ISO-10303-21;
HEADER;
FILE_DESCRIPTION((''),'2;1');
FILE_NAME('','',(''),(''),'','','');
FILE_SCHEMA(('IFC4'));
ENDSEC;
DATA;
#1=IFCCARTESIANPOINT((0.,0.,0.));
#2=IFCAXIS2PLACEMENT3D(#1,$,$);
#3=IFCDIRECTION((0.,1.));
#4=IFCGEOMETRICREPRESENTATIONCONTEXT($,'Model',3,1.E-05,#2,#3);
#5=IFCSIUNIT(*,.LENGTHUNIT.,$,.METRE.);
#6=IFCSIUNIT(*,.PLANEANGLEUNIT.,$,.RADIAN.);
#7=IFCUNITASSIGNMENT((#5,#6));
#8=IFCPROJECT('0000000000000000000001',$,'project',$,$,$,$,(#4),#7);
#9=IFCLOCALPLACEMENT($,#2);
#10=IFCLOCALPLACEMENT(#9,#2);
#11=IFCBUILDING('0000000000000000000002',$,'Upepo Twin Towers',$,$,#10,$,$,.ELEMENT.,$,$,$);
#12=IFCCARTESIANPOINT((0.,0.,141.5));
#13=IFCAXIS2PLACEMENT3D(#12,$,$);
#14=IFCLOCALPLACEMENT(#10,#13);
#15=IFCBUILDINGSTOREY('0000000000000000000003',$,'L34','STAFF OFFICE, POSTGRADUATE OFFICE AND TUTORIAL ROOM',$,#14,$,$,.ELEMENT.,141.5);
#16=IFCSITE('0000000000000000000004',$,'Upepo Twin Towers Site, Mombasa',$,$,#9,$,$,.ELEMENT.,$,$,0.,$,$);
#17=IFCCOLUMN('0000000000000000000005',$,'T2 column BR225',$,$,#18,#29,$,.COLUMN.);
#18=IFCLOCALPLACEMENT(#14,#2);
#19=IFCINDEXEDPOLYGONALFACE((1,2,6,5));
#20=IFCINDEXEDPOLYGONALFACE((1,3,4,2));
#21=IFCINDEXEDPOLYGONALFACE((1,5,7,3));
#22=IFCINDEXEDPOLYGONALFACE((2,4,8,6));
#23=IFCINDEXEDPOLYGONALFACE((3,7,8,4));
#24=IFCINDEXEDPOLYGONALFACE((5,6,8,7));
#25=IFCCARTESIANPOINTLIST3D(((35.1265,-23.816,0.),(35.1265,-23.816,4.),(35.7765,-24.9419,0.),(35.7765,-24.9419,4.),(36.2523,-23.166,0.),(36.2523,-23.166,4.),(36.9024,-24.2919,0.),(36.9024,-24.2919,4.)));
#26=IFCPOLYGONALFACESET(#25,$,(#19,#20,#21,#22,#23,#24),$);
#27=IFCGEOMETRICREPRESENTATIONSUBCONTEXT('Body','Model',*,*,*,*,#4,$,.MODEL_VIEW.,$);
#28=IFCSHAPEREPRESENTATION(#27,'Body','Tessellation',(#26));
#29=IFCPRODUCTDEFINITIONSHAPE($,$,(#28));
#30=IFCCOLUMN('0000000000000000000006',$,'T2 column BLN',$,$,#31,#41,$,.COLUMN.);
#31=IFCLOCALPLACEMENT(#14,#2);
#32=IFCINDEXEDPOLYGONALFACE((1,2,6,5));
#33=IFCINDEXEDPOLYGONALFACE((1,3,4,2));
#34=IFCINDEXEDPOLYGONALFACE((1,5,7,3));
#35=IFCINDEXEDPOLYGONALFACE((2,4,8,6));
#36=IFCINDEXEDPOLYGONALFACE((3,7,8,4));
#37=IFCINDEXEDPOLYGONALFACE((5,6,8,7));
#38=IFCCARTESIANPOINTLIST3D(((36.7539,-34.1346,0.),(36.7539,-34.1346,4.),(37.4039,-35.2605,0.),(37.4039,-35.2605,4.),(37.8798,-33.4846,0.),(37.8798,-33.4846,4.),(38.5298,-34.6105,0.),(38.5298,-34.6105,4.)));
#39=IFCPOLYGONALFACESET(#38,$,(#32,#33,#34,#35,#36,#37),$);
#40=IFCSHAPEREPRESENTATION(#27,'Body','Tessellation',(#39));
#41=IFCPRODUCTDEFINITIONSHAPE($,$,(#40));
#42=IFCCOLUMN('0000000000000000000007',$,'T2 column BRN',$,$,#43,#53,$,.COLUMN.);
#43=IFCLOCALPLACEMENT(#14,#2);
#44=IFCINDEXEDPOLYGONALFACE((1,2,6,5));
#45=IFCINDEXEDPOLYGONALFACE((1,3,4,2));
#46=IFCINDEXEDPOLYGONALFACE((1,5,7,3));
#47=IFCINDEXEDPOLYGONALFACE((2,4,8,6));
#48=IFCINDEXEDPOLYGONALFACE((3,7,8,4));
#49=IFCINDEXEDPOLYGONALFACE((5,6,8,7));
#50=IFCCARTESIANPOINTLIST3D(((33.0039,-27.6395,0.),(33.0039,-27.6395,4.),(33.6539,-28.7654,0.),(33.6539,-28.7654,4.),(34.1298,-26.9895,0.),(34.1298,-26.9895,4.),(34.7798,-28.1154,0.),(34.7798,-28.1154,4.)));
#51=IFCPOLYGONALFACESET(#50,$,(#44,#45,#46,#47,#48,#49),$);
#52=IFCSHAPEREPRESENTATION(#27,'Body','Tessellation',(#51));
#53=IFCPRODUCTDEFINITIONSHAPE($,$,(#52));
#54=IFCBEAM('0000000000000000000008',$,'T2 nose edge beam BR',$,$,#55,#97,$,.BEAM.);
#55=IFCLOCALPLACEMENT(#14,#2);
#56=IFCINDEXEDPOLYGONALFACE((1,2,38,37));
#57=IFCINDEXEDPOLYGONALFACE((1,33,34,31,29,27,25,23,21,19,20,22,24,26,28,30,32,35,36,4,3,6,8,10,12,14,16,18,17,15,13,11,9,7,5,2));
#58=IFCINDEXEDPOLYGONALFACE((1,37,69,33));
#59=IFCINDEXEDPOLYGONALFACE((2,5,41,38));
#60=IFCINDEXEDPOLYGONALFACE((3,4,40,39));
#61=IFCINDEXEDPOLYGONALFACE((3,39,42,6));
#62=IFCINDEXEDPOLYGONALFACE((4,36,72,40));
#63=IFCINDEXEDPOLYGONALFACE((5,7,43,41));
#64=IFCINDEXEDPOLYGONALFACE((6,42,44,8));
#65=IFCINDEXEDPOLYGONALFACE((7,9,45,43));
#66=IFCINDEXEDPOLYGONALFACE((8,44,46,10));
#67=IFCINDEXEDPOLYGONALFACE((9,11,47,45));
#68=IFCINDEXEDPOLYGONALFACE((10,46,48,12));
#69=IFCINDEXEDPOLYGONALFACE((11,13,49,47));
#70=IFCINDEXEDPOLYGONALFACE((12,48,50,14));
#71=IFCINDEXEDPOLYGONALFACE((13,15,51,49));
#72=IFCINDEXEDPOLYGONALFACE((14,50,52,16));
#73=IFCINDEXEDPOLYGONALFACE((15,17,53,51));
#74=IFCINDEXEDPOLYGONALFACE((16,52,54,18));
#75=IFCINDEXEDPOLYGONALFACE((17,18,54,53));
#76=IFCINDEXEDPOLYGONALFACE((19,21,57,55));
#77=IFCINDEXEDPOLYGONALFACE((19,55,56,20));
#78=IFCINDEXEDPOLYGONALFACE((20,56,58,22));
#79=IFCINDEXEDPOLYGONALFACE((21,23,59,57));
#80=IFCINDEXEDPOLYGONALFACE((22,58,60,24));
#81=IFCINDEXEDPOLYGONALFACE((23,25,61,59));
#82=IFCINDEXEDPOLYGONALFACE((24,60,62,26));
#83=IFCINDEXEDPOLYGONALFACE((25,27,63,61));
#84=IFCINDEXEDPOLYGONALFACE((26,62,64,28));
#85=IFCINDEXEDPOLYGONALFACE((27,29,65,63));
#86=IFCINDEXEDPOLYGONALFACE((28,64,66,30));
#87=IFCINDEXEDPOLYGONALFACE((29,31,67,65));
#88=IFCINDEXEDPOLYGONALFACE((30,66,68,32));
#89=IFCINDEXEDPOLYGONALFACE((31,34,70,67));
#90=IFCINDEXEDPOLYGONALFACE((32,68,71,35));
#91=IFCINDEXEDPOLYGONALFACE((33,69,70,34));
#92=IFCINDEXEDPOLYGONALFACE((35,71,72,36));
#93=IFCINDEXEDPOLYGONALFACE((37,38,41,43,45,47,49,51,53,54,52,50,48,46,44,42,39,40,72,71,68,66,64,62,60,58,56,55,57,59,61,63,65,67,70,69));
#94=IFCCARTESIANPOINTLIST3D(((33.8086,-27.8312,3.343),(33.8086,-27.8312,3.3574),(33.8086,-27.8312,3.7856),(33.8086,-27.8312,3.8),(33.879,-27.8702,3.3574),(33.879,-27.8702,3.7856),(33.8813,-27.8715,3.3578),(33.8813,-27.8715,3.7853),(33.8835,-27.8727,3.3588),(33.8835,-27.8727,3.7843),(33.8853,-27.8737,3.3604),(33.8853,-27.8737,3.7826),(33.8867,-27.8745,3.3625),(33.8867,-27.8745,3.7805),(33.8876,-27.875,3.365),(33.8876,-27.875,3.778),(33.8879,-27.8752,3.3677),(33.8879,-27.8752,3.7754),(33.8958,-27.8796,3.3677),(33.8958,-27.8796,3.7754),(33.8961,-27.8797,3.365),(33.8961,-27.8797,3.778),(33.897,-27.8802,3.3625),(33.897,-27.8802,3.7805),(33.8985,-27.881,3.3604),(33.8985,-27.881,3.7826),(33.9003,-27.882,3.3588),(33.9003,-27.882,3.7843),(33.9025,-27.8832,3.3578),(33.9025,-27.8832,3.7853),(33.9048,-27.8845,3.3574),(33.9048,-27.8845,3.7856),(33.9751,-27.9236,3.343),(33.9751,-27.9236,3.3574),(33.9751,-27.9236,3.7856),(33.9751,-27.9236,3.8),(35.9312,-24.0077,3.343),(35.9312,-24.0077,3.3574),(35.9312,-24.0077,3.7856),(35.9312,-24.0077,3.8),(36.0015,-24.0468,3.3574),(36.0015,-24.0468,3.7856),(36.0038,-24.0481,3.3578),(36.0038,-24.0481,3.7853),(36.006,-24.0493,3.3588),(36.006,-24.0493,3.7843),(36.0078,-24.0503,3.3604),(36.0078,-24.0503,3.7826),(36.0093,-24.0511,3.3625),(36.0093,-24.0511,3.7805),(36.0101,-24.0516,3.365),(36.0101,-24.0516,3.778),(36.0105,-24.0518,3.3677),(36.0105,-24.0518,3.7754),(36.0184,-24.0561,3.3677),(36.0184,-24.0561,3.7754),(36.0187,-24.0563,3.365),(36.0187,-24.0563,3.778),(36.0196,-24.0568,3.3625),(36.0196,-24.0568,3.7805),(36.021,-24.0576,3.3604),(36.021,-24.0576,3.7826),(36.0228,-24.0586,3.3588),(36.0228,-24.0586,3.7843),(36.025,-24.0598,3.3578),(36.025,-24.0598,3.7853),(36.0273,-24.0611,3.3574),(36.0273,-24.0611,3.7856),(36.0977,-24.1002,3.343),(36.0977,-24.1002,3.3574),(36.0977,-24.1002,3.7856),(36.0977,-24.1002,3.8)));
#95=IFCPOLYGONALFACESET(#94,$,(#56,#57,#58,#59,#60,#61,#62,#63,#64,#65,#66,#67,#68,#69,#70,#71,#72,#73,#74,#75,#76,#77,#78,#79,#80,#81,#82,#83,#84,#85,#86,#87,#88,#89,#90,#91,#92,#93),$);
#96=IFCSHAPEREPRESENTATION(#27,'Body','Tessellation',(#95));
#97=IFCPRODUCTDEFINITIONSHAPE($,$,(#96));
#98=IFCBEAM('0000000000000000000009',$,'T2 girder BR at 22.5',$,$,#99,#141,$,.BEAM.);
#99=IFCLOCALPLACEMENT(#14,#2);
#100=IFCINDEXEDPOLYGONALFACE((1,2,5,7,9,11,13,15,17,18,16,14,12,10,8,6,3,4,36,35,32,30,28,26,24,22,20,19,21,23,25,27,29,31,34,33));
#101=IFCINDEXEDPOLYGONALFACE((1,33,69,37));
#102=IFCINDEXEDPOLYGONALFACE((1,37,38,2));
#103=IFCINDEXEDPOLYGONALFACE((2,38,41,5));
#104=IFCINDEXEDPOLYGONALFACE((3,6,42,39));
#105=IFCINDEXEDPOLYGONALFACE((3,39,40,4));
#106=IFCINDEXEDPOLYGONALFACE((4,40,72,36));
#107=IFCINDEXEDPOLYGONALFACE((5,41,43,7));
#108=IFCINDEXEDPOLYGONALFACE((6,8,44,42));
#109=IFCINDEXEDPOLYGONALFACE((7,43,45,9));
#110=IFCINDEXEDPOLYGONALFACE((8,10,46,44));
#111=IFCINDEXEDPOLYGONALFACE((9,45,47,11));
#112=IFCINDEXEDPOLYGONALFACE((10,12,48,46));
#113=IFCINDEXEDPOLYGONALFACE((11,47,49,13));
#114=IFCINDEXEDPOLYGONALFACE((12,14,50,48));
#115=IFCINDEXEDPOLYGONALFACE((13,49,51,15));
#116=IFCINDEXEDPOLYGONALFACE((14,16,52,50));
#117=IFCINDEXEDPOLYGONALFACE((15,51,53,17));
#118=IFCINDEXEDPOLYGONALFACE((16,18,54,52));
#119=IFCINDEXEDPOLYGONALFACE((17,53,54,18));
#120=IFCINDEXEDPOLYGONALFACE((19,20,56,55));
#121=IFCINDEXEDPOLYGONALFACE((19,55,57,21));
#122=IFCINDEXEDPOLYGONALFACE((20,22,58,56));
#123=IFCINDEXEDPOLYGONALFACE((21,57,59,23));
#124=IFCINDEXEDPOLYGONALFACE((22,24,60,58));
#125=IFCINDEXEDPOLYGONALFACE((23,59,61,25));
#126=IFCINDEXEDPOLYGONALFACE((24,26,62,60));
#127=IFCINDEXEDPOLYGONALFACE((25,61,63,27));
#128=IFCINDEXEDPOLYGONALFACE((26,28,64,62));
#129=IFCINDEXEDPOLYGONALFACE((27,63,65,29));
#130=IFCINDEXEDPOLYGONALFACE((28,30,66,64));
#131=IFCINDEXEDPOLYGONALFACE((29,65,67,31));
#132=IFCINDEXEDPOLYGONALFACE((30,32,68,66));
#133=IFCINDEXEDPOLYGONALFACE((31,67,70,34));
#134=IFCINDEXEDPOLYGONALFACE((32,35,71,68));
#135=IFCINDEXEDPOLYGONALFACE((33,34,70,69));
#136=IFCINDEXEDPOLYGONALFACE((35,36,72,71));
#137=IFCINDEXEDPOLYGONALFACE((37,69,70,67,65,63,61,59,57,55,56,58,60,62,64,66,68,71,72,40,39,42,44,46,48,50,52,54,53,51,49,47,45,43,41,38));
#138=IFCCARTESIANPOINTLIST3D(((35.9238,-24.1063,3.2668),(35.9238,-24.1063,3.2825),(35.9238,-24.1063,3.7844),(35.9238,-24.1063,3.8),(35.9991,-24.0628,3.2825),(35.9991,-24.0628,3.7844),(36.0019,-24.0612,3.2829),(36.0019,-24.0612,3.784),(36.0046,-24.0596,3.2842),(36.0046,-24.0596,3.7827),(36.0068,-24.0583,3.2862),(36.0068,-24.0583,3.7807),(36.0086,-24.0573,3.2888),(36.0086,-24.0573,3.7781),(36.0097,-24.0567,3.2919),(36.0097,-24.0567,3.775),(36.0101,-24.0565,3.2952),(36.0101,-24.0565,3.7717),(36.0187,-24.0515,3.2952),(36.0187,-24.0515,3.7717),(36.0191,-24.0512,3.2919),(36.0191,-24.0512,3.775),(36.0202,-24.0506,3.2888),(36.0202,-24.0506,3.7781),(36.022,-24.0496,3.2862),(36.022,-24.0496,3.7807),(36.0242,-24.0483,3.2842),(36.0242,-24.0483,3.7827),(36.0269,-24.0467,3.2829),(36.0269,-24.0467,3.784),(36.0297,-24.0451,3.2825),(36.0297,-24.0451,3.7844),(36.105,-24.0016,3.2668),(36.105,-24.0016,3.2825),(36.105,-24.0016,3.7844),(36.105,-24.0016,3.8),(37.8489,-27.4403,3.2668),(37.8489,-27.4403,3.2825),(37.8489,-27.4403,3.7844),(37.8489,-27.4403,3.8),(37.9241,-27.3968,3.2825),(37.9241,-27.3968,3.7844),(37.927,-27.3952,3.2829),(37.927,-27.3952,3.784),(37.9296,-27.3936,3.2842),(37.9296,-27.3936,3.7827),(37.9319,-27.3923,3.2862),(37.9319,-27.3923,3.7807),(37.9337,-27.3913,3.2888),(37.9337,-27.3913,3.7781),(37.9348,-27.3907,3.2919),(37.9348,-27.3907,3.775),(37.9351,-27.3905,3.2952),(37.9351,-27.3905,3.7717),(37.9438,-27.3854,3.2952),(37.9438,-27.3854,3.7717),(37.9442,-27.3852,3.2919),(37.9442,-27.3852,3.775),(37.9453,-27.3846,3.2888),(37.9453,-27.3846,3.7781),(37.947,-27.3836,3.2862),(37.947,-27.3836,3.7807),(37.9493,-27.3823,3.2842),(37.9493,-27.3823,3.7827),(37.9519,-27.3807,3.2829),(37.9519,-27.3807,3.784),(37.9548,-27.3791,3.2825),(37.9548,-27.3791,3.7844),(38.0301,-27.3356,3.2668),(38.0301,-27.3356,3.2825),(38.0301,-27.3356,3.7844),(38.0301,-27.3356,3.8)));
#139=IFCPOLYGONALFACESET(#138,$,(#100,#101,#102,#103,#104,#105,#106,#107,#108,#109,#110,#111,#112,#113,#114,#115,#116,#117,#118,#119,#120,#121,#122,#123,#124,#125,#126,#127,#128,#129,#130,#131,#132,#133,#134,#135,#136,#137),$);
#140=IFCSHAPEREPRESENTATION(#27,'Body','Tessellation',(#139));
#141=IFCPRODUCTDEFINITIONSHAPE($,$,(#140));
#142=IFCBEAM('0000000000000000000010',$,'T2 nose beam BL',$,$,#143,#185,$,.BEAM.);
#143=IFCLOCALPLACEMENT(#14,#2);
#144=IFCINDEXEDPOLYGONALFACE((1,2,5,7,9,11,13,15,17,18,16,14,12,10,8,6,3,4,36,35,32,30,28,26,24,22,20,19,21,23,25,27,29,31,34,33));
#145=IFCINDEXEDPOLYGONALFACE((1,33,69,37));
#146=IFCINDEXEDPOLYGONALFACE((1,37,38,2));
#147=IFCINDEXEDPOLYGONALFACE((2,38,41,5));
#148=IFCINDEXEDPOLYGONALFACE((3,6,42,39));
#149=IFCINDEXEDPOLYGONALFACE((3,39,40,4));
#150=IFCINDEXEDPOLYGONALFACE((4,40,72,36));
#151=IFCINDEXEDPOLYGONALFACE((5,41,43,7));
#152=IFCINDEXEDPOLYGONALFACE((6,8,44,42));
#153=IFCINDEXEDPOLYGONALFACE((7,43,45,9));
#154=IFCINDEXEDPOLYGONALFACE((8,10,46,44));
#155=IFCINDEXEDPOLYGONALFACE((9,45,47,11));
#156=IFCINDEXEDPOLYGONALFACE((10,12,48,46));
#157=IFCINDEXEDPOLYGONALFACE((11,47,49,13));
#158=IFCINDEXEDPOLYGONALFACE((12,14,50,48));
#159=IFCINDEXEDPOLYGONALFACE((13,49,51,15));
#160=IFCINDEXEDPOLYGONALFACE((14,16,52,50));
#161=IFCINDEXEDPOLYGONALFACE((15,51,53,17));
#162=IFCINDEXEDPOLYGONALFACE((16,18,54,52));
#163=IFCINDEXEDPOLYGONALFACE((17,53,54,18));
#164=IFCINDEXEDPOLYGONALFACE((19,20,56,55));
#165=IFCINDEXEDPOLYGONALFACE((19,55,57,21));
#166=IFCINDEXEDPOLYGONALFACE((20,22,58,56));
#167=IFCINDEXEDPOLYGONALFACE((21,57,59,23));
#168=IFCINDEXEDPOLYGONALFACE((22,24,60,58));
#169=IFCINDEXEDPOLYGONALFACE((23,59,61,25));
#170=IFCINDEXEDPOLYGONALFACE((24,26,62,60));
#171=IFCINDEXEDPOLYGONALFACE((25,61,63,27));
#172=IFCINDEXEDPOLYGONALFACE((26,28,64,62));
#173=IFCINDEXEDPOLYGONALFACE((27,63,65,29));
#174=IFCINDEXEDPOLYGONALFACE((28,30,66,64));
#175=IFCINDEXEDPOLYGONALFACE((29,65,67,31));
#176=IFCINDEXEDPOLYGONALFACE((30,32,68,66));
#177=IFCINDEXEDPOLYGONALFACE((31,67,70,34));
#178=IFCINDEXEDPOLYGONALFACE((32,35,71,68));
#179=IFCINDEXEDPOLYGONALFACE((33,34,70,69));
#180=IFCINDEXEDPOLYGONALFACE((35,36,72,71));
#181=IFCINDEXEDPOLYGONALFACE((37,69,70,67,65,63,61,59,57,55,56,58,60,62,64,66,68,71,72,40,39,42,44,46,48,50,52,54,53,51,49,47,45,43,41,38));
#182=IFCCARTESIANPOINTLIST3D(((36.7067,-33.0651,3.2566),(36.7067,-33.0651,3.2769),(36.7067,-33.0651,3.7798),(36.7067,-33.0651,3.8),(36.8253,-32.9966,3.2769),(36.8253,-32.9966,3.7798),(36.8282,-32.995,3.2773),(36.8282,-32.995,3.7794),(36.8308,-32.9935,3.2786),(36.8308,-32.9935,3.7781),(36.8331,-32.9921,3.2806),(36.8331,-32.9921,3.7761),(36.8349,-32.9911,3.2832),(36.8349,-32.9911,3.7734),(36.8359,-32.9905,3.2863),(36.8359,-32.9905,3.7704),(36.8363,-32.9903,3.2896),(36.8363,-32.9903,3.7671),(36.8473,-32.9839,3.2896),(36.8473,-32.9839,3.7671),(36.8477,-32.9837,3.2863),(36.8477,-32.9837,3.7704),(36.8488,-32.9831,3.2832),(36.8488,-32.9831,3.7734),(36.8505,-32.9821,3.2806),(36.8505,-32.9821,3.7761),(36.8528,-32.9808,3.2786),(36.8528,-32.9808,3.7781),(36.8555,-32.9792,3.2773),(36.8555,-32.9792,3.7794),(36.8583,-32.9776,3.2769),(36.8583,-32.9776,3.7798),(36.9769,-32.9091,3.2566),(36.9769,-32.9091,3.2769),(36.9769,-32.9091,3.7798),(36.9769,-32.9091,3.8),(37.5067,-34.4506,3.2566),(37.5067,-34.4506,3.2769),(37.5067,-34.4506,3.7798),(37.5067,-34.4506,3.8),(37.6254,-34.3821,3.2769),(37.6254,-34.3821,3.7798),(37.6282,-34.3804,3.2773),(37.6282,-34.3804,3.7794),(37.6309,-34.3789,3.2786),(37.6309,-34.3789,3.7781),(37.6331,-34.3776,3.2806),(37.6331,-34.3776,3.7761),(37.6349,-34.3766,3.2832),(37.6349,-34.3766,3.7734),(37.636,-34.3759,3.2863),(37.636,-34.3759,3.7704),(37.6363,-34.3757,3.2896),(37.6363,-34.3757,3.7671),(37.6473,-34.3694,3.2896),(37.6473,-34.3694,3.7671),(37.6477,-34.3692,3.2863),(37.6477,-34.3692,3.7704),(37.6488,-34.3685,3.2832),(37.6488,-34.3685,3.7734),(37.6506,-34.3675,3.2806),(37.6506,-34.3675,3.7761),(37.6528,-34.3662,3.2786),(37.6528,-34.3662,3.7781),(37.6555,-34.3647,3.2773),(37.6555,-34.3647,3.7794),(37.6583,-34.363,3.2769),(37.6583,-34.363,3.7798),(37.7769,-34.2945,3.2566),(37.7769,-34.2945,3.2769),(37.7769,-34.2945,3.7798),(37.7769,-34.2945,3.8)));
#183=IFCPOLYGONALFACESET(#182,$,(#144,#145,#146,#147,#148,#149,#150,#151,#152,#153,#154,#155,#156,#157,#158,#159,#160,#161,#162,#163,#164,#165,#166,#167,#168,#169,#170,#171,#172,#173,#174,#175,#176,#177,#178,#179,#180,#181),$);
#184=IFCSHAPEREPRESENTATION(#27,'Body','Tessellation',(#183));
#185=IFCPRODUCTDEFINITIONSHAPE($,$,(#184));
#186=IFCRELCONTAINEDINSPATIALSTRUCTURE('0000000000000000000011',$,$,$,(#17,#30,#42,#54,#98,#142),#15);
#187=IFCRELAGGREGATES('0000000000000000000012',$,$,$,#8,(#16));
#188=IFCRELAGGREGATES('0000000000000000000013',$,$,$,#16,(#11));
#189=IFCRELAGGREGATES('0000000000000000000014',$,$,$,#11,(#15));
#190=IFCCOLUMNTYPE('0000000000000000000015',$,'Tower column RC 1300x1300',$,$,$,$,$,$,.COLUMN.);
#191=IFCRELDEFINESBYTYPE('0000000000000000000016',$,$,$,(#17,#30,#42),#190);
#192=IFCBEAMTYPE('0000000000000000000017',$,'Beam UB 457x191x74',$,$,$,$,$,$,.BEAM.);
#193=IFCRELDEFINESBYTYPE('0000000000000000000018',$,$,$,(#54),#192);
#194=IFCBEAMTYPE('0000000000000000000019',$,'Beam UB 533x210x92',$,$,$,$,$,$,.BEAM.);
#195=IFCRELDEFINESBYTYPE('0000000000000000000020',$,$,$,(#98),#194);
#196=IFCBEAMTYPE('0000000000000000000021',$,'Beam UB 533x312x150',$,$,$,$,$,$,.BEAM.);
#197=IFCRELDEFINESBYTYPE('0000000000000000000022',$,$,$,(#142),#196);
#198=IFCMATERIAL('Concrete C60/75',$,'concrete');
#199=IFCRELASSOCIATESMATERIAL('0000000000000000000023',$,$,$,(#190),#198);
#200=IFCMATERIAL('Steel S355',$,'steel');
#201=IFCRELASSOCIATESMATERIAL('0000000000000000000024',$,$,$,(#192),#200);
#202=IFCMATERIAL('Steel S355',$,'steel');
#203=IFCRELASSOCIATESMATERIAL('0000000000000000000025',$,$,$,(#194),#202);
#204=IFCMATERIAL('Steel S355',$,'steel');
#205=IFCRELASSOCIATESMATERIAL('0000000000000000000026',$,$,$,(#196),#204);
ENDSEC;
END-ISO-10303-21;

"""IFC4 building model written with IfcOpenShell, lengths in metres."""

from ifc_helpers import new_model, si_unit, direction, frame, origin, origin_2d, place, context, subcontext, project, spatial, rectangle, i_section, extrude, material, material_profile, profile_set, type_object, element, save


model = new_model("IFC4")

# Units and contexts
model_context = context("Model", 3, precision=1e-05, world=origin(), true_north=direction((0.0, 1.0)))
body_context = subcontext(model_context, "Body", "Model", "MODEL_VIEW")
ifc_project = project(units=[si_unit("LENGTHUNIT", "METRE"), si_unit("PLANEANGLEUNIT", "RADIAN")], contexts=[model_context])

# Site, building, storey
site_placement = place(None, origin())
site = spatial("IfcSite", under=ifc_project, at=site_placement, Name="Upepo Twin Towers Site, Mombasa", CompositionType="ELEMENT", RefElevation=0.0)
building_placement = place(site_placement, origin())
building = spatial("IfcBuilding", under=site, at=building_placement, Name="Upepo Twin Towers", CompositionType="ELEMENT")
storey_placement = place(building_placement, frame((0.0, 0.0, 141.5)))
storey = spatial("IfcBuildingStorey", under=building, at=storey_placement, Name="L34", Description="STAFF OFFICE, POSTGRADUATE OFFICE AND TUTORIAL ROOM", CompositionType="ELEMENT", Elevation=141.5)

# Columns
ifc_material_1 = material(Name="Concrete C60/75", Category="concrete")
ifc_material_profile_1 = material_profile(ifc_material_1, rectangle(XDim=1.3, YDim=1.3, at=origin_2d()), Name="RC 1300x1300")
ifc_profile_set_1 = profile_set([ifc_material_profile_1], Name="Concrete C60/75")
column_type = type_object("IfcColumnType", Name="Tower column RC 1300x1300", PredefinedType="COLUMN", material=ifc_profile_set_1)
for number, where, z_axis, x_axis, name in (
    (1, (36.0144, -24.054, 0.0), (0.0, 0.0, 1.0), (0.866025, 0.5, 0.0), "T2 column BR225"),
    (2, (37.6418, -34.3726, 0.0), (0.0, 0.0, 1.0), (0.866025, 0.5, 0.0), "T2 column BLN"),
    (3, (33.8918, -27.8774, 0.0), (0.0, 0.0, 1.0), (0.866025, 0.5, 0.0), "T2 column BRN"),
):
    element("IfcColumn", number, at=place(storey_placement, frame(where, z_axis=z_axis, x_axis=x_axis)), inside=storey, type_object=column_type, Name=name, PredefinedType="COLUMN", context=body_context, shape_type="SweptSolid", body=[
        extrude(rectangle(XDim=1.3, YDim=1.3, at=origin_2d()), origin(), (0.0, 0.0, 1.0), 4.0),
    ])

# Beams
ifc_material_2 = material(Name="Steel S355", Category="steel")
ifc_material_profile_2 = material_profile(ifc_material_2, i_section(OverallWidth=0.1904, OverallDepth=0.457, WebThickness=0.009, FlangeThickness=0.0144, FilletRadius=0.0103, at=origin_2d()), Name="UB 457x191x74")
ifc_profile_set_2 = profile_set([ifc_material_profile_2], Name="Steel S355")
beam_type_1 = type_object("IfcBeamType", Name="Beam UB 457x191x74", PredefinedType="BEAM", material=ifc_profile_set_2)
beam_1_placement = place(storey_placement, frame((36.0144, -24.054, 3.5715), z_axis=(-0.485363, -0.874313, 0.0), x_axis=(0.874313, -0.485363, 0.0)))
element("IfcBeam", 4, at=beam_1_placement, inside=storey, type_object=beam_type_1, Name="T2 nose edge beam BR", PredefinedType="BEAM", context=body_context, shape_type="SweptSolid", body=[
    extrude(i_section(OverallWidth=0.1904, OverallDepth=0.457, WebThickness=0.009, FlangeThickness=0.0144, FilletRadius=0.0103, at=origin_2d()), origin(), (0.0, 0.0, 1.0), 4.373),
])
ifc_material_3 = material(Name="Steel S355", Category="steel")
ifc_material_profile_3 = material_profile(ifc_material_3, i_section(OverallWidth=0.2092, OverallDepth=0.5332, WebThickness=0.01, FlangeThickness=0.0156, FilletRadius=0.0127, at=origin_2d()), Name="UB 533x210x92")
ifc_profile_set_3 = profile_set([ifc_material_profile_3], Name="Steel S355")
beam_type_2 = type_object("IfcBeamType", Name="Beam UB 533x210x92", PredefinedType="BEAM", material=ifc_profile_set_3)
beam_2_placement = place(storey_placement, frame((36.0144, -24.054, 3.5334), z_axis=(0.500034, -0.866006, 0.0), x_axis=(0.866006, 0.500034, 0.0)))
element("IfcBeam", 5, at=beam_2_placement, inside=storey, type_object=beam_type_2, Name="T2 girder BR at 22.5", PredefinedType="BEAM", context=body_context, shape_type="SweptSolid", body=[
    extrude(i_section(OverallWidth=0.2092, OverallDepth=0.5332, WebThickness=0.01, FlangeThickness=0.0156, FilletRadius=0.0127, at=origin_2d()), origin(), (0.0, 0.0, 1.0), 3.8499),
])
ifc_material_4 = material(Name="Steel S355", Category="steel")
ifc_material_profile_4 = material_profile(ifc_material_4, i_section(OverallWidth=0.312, OverallDepth=0.5435, WebThickness=0.0127, FlangeThickness=0.0203, FilletRadius=0.0127, at=origin_2d()), Name="UB 533x312x150")
ifc_profile_set_4 = profile_set([ifc_material_profile_4], Name="Steel S355")
beam_type_3 = type_object("IfcBeamType", Name="Beam UB 533x312x150", PredefinedType="BEAM", material=ifc_profile_set_4)
for number, where, z_axis, x_axis, name in (
    (6, (37.6418, -34.3726, 3.5283), (-0.500061, 0.86599, 0.0), (-0.86599, -0.500061, 0.0), "T2 nose beam BL"),
):
    element("IfcBeam", number, at=place(storey_placement, frame(where, z_axis=z_axis, x_axis=x_axis)), inside=storey, type_object=beam_type_3, Name=name, PredefinedType="BEAM", context=body_context, shape_type="SweptSolid", body=[
        extrude(i_section(OverallWidth=0.312, OverallDepth=0.5435, WebThickness=0.0127, FlangeThickness=0.0203, FilletRadius=0.0127, at=origin_2d()), origin(), (0.0, 0.0, 1.0), 1.5999),
    ])

save(model, "model.ifc")
